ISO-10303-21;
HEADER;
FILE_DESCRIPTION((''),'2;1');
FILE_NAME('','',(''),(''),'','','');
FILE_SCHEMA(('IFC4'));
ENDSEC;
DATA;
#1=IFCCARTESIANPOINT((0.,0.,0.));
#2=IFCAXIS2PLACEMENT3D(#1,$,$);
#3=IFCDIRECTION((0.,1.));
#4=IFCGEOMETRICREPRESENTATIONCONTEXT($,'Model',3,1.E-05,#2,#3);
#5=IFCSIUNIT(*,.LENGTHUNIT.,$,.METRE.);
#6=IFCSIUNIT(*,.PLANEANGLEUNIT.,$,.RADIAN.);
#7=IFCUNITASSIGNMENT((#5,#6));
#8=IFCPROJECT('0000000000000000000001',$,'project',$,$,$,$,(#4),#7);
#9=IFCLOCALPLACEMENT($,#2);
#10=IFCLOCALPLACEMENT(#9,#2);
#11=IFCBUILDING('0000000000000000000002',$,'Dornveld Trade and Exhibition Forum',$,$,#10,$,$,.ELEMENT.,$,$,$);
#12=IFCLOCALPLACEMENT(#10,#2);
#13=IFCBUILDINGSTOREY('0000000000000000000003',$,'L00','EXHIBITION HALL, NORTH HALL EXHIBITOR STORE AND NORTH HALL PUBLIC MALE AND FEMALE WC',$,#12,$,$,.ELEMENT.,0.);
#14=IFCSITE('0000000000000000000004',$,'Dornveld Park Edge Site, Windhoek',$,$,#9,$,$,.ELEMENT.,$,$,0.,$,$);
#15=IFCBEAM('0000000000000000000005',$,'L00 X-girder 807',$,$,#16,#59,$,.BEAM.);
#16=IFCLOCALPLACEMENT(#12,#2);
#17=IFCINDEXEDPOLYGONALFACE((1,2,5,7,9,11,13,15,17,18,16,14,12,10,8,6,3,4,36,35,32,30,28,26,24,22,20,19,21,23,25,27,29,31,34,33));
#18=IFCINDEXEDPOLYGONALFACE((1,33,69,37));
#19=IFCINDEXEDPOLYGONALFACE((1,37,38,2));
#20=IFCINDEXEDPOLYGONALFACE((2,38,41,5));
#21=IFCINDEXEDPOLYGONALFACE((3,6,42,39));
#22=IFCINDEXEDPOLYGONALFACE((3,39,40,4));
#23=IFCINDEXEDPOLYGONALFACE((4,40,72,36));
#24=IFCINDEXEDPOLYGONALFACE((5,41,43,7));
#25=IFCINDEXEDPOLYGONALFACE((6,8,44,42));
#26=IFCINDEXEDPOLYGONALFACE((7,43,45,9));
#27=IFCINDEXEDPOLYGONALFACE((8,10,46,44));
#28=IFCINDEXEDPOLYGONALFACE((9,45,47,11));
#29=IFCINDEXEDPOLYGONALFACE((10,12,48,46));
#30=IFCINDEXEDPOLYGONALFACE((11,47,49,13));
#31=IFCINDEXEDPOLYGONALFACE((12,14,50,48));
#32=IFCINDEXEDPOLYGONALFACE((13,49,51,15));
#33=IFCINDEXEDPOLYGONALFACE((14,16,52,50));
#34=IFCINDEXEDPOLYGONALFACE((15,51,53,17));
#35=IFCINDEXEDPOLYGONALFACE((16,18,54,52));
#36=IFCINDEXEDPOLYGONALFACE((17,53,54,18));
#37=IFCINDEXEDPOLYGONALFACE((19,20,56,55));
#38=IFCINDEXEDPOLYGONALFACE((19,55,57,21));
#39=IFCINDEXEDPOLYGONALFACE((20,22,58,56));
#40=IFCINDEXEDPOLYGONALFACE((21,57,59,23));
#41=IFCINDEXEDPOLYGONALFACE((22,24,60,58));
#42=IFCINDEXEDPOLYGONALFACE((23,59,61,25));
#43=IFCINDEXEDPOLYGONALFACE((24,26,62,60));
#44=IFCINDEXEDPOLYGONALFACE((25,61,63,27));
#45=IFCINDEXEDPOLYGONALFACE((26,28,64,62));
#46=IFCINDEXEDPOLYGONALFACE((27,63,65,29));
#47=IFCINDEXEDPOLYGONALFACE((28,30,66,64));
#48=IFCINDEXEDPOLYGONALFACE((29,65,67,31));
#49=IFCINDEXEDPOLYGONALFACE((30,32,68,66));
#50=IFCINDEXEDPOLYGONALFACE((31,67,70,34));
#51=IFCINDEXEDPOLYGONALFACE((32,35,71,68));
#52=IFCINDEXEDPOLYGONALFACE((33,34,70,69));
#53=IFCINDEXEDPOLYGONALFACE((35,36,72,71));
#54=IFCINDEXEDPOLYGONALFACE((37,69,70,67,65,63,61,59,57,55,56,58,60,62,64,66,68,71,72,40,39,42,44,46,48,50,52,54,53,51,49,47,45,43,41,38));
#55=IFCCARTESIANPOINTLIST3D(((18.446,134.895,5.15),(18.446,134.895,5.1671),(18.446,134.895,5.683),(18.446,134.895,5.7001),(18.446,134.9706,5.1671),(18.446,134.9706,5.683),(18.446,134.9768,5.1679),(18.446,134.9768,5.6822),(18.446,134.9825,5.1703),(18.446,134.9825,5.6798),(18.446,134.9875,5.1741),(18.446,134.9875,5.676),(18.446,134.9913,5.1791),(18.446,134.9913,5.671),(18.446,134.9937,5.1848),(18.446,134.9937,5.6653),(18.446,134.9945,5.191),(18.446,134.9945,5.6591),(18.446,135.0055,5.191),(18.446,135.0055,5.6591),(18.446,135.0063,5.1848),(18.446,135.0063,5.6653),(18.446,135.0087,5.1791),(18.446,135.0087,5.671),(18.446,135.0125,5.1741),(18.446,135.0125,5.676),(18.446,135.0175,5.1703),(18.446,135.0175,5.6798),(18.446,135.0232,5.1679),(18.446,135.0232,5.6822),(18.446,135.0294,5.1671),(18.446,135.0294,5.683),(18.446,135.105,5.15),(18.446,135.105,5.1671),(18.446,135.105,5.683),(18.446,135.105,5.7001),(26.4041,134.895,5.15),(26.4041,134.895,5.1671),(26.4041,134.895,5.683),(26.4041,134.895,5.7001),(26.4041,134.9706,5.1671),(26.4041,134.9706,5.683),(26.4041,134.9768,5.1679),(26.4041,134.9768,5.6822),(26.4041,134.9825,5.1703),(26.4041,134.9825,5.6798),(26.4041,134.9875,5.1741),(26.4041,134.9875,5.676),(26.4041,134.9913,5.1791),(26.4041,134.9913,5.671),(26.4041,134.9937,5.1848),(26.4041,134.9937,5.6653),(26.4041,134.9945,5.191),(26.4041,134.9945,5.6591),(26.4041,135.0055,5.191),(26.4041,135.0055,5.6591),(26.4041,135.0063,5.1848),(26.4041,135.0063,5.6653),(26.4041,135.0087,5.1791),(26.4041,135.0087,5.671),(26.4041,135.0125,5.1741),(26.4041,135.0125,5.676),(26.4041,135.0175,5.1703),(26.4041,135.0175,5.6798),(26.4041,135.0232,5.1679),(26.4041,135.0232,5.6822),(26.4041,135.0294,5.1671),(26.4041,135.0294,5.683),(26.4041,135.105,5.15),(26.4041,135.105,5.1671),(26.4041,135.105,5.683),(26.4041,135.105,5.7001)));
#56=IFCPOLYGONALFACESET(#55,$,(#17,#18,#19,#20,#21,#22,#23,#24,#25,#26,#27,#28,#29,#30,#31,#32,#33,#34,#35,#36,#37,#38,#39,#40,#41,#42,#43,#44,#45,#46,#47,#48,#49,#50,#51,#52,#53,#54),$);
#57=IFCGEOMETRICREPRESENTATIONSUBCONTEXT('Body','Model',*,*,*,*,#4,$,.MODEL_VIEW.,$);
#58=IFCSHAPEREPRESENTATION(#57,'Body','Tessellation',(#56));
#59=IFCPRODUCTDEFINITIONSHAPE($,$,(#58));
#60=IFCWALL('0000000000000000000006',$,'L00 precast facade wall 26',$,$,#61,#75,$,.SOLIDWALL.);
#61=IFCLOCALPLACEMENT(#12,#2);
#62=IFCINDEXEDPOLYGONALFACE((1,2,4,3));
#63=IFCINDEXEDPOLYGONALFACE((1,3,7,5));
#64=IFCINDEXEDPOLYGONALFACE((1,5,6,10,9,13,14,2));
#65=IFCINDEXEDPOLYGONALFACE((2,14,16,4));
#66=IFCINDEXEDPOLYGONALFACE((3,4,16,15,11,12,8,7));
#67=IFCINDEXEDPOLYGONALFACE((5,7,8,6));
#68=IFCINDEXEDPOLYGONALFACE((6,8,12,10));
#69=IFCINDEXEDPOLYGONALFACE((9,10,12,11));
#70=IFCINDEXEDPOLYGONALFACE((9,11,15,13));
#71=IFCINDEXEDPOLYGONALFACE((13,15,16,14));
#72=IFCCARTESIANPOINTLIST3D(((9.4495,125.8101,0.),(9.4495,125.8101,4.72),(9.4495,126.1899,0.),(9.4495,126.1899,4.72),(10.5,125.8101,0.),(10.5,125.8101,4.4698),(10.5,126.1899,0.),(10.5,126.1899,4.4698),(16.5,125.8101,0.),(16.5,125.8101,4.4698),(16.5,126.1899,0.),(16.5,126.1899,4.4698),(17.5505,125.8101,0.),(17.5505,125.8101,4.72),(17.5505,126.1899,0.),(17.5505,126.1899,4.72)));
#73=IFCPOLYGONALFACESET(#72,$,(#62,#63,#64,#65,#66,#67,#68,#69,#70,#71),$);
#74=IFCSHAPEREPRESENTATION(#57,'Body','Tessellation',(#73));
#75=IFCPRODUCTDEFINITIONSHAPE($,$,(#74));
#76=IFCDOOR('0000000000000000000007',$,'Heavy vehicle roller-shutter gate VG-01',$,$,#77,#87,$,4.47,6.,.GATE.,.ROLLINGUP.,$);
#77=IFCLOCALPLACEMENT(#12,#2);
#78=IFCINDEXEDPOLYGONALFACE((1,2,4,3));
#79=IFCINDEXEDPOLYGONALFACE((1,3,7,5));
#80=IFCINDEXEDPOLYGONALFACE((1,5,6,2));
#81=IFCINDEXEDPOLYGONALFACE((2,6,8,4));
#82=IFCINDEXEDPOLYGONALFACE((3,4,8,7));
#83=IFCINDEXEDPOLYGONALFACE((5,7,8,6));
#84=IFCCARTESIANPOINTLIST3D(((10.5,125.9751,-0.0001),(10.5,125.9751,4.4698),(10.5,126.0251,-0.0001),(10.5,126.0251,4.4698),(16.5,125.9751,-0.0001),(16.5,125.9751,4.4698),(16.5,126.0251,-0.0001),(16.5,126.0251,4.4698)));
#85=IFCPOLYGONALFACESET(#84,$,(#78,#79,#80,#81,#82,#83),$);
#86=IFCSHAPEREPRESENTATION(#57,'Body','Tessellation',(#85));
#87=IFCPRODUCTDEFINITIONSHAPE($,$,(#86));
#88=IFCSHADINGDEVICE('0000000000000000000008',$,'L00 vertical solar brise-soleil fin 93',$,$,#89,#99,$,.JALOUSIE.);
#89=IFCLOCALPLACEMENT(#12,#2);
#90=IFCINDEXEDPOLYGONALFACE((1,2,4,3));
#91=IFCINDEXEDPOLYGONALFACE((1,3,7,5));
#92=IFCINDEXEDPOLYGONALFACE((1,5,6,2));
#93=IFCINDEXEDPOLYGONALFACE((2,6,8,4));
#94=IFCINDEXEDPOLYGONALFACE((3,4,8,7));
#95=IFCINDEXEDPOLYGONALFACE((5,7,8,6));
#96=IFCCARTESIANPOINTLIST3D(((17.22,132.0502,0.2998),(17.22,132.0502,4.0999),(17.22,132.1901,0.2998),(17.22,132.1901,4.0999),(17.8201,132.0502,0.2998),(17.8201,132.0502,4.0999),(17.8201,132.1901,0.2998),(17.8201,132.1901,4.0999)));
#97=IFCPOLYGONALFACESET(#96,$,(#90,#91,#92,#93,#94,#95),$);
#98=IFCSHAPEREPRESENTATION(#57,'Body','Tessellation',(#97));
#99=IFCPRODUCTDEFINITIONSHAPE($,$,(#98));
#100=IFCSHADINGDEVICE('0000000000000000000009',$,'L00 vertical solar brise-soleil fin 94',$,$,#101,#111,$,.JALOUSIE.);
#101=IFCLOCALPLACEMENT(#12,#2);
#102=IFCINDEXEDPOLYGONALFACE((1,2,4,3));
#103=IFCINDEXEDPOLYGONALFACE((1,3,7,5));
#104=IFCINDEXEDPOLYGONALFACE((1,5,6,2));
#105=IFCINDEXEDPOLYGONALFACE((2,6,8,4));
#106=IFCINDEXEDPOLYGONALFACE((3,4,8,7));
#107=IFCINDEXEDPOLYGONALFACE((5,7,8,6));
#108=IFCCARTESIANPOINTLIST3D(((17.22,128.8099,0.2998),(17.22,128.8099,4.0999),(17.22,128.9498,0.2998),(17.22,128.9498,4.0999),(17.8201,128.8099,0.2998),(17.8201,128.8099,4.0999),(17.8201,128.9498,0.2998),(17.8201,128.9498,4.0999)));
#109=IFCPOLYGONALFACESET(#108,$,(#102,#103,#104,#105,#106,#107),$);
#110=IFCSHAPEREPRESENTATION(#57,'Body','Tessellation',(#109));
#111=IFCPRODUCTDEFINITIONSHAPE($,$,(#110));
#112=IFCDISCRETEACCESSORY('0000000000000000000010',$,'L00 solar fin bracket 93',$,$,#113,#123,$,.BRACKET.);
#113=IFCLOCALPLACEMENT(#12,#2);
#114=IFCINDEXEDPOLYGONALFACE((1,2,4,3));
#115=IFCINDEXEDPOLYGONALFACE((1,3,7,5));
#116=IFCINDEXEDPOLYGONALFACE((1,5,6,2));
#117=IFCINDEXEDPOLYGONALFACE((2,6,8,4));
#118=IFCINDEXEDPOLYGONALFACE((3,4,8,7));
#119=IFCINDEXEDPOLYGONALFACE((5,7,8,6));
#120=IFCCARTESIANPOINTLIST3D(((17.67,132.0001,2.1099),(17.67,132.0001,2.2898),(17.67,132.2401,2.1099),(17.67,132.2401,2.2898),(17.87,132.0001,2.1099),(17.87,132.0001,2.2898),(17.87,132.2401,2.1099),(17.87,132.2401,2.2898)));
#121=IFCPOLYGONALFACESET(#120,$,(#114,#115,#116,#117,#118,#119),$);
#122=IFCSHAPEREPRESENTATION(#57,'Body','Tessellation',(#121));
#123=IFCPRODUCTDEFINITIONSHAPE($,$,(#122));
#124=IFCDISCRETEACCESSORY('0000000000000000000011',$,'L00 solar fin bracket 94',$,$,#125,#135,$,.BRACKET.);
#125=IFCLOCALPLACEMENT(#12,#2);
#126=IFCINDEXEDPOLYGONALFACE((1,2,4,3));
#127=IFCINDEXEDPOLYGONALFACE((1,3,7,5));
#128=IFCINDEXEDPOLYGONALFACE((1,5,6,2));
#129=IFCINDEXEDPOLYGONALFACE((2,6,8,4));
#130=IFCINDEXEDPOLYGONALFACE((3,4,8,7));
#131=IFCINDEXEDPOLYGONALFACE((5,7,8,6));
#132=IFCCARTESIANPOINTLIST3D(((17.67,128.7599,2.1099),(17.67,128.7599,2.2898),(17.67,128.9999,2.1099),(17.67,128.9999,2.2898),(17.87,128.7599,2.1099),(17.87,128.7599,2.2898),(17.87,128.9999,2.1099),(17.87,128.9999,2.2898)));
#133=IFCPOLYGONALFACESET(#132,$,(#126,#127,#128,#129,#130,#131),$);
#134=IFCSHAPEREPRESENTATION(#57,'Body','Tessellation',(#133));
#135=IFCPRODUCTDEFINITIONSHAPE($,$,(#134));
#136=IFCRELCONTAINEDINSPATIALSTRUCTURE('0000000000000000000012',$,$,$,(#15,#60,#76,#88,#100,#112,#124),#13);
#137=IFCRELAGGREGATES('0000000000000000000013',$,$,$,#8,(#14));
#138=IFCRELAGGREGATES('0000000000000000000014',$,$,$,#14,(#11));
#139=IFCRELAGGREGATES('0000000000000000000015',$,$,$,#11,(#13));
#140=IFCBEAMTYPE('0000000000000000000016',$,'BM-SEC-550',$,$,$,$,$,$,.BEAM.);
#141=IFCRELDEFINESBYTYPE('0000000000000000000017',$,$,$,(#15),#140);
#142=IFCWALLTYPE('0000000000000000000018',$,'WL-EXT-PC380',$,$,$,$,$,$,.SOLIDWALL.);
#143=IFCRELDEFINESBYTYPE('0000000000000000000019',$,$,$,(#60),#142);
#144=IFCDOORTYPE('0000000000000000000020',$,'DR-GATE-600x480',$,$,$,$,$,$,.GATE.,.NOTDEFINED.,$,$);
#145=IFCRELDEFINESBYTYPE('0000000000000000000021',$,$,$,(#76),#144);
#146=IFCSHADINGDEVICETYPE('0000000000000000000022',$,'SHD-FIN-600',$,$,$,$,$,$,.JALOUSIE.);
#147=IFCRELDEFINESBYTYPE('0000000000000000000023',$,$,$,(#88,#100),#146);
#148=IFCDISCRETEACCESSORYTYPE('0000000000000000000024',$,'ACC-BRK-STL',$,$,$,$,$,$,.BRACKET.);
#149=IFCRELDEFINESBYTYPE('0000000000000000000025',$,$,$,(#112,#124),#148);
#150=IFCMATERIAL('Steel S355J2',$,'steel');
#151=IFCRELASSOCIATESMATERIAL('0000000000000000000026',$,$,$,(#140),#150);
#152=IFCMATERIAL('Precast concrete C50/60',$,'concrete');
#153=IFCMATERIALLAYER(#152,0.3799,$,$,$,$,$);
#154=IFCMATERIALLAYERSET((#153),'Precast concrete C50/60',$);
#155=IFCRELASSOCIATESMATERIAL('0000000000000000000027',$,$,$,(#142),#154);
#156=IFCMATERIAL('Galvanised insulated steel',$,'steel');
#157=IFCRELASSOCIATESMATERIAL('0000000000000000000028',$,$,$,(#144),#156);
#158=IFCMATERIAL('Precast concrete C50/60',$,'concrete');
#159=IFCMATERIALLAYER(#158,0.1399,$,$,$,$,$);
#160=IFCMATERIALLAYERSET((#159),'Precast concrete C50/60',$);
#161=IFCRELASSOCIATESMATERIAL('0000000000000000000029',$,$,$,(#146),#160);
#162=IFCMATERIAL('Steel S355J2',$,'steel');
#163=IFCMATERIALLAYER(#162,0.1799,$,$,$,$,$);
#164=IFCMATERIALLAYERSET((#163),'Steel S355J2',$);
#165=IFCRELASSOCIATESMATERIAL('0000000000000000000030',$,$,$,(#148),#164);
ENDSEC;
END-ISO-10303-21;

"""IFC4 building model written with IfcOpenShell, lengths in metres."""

from ifc_helpers import new_model, si_unit, direction, frame, frame_2d, origin, origin_2d, place, context, subcontext, project, spatial, rectangle, i_section, extrude, material, layer, layer_set, material_profile, profile_set, type_object, element, fill, save


model = new_model("IFC4")

# Units and contexts
model_context = context("Model", 3, precision=1e-05, world=origin(), true_north=direction((0.0, 1.0)))
body_context = subcontext(model_context, "Body", "Model", "MODEL_VIEW")
ifc_project = project(units=[si_unit("LENGTHUNIT", "METRE"), si_unit("PLANEANGLEUNIT", "RADIAN")], contexts=[model_context])

# Site, building, storey
site_placement = place(None, origin())
site = spatial("IfcSite", under=ifc_project, at=site_placement, Name="Dornveld Park Edge Site, Windhoek", CompositionType="ELEMENT", RefElevation=0.0)
building_placement = place(site_placement, origin())
building = spatial("IfcBuilding", under=site, at=building_placement, Name="Dornveld Trade and Exhibition Forum", CompositionType="ELEMENT")
storey_placement = place(building_placement, origin())
storey = spatial("IfcBuildingStorey", under=building, at=storey_placement, Name="L00", Description="EXHIBITION HALL, NORTH HALL EXHIBITOR STORE AND NORTH HALL PUBLIC MALE AND FEMALE WC", CompositionType="ELEMENT", Elevation=0.0)

# Beam
ifc_material_1 = material(Name="Steel S355J2", Category="steel")
ifc_material_profile_1 = material_profile(ifc_material_1, i_section(OverallWidth=0.21, OverallDepth=0.55, WebThickness=0.011, FlangeThickness=0.0171, FilletRadius=0.0239, at=origin_2d()), Name="IPE 550")
ifc_profile_set_1 = profile_set([ifc_material_profile_1], Name="Steel S355J2")
beam_type_1 = type_object("IfcBeamType", Name="BM-SEC-550", PredefinedType="BEAM", material=ifc_profile_set_1)
for number, where, z_axis, x_axis, name in (
    (1, (18.446, 135.0, 5.425), (1.0, 0.0, 0.0), (0.0, 1.0, 0.0), "L00 X-girder 807"),
):
    element("IfcBeam", number, at=place(storey_placement, frame(where, z_axis=z_axis, x_axis=x_axis)), inside=storey, type_object=beam_type_1, Name=name, PredefinedType="BEAM", context=body_context, shape_type="SweptSolid", body=[
        extrude(i_section(OverallWidth=0.21, OverallDepth=0.55, WebThickness=0.011, FlangeThickness=0.0171, FilletRadius=0.0239, at=origin_2d()), origin(), (0.0, 0.0, 1.0), 7.958),
    ])

# Wall, opening, door
ifc_material_2 = material(Name="Precast concrete C50/60", Category="concrete")
ifc_layer_1 = layer(ifc_material_2, 0.3799)
ifc_layer_set_1 = layer_set([ifc_layer_1], Name="Precast concrete C50/60")
wall_type = type_object("IfcWallType", Name="WL-EXT-PC380", PredefinedType="SOLIDWALL", material=ifc_layer_set_1)
wall_1_placement = place(storey_placement, frame((9.4495, 126.0, 0.0), z_axis=(0.0, 0.0, 1.0), x_axis=(1.0, 0.0, 0.0)))
wall_1 = element("IfcWall", 2, at=wall_1_placement, inside=storey, type_object=wall_type, Name="L00 precast facade wall 26", PredefinedType="SOLIDWALL", context=body_context, shape_type="SweptSolid", body=[
    extrude(rectangle(XDim=8.1011, YDim=0.3799, at=frame_2d((4.0505, 0.0))), origin(), (0.0, 0.0, 1.0), 4.72),
])
opening_1_placement = place(wall_1_placement, frame((1.0505, 0.0, 0.0)))
opening_1 = element("IfcOpeningElement", 3, at=opening_1_placement, cuts=wall_1, PredefinedType="OPENING", context=body_context, shape_type="SweptSolid", body=[
    extrude(rectangle(XDim=6.0, YDim=4.47, at=frame_2d((3.0, 2.2349))), frame((0.0, 0.2, 0.0), z_axis=(0.0, -1.0, 0.0), x_axis=(1.0, 0.0, 0.0)), (0.0, 0.0, 1.0), 0.3999),
])
ifc_material_3 = material(Name="Galvanised insulated steel", Category="steel")
door_type_1 = type_object("IfcDoorType", Name="DR-GATE-600x480", OperationType="NOTDEFINED", PredefinedType="GATE", material=ifc_material_3)
door_1_placement = place(opening_1_placement, frame((6.0, 0.0, 0.0), z_axis=(0.0, 0.0, 1.0), x_axis=(-1.0, 0.0, 0.0)))
door_1 = element("IfcDoor", 4, at=door_1_placement, inside=storey, type_object=door_type_1, Name="Heavy vehicle roller-shutter gate VG-01", OperationType="ROLLINGUP", OverallHeight=4.47, OverallWidth=6.0, PredefinedType="GATE", context=body_context, shape_type="SweptSolid", body=[
    extrude(rectangle(XDim=6.0, YDim=4.47, at=frame_2d((3.0, 2.2349))), frame((0.0, 0.0249, 0.0), z_axis=(0.0, -1.0, 0.0), x_axis=(1.0, 0.0, 0.0)), (0.0, 0.0, 1.0), 0.05),
])
fill(opening_1, door_1)

# Shading devices
ifc_material_4 = material(Name="Precast concrete C50/60", Category="concrete")
ifc_layer_2 = layer(ifc_material_4, 0.1399)
ifc_layer_set_2 = layer_set([ifc_layer_2], Name="Precast concrete C50/60")
shading_device_type = type_object("IfcShadingDeviceType", Name="SHD-FIN-600", PredefinedType="JALOUSIE", material=ifc_layer_set_2)
for number, where, z_axis, x_axis, name in (
    (5, (17.52, 132.1201, 0.2998), (0.0, 0.0, 1.0), (0.0, -1.0, 0.0), "L00 vertical solar brise-soleil fin 93"),
    (6, (17.52, 128.8799, 0.2998), (0.0, 0.0, 1.0), (0.0, -1.0, 0.0), "L00 vertical solar brise-soleil fin 94"),
):
    element("IfcShadingDevice", number, at=place(storey_placement, frame(where, z_axis=z_axis, x_axis=x_axis)), inside=storey, type_object=shading_device_type, Name=name, PredefinedType="JALOUSIE", context=body_context, shape_type="SweptSolid", body=[
        extrude(rectangle(XDim=0.1399, YDim=0.6001, at=origin_2d()), origin(), (0.0, 0.0, 1.0), 3.8),
    ])

# Discrete accessories
ifc_material_5 = material(Name="Steel S355J2", Category="steel")
ifc_layer_3 = layer(ifc_material_5, 0.1799)
ifc_layer_set_3 = layer_set([ifc_layer_3], Name="Steel S355J2")
discrete_accessory_type = type_object("IfcDiscreteAccessoryType", Name="ACC-BRK-STL", PredefinedType="BRACKET", material=ifc_layer_set_3)
for number, where, z_axis, x_axis, name in (
    (7, (17.77, 132.1201, 2.1099), (0.0, 0.0, 1.0), (0.0, -1.0, 0.0), "L00 solar fin bracket 93"),
    (8, (17.77, 128.8799, 2.1099), (0.0, 0.0, 1.0), (0.0, -1.0, 0.0), "L00 solar fin bracket 94"),
):
    element("IfcDiscreteAccessory", number, at=place(storey_placement, frame(where, z_axis=z_axis, x_axis=x_axis)), inside=storey, type_object=discrete_accessory_type, Name=name, PredefinedType="BRACKET", context=body_context, shape_type="SweptSolid", body=[
        extrude(rectangle(XDim=0.24, YDim=0.2, at=origin_2d()), origin(), (0.0, 0.0, 1.0), 0.1799),
    ])

save(model, "model.ifc")
